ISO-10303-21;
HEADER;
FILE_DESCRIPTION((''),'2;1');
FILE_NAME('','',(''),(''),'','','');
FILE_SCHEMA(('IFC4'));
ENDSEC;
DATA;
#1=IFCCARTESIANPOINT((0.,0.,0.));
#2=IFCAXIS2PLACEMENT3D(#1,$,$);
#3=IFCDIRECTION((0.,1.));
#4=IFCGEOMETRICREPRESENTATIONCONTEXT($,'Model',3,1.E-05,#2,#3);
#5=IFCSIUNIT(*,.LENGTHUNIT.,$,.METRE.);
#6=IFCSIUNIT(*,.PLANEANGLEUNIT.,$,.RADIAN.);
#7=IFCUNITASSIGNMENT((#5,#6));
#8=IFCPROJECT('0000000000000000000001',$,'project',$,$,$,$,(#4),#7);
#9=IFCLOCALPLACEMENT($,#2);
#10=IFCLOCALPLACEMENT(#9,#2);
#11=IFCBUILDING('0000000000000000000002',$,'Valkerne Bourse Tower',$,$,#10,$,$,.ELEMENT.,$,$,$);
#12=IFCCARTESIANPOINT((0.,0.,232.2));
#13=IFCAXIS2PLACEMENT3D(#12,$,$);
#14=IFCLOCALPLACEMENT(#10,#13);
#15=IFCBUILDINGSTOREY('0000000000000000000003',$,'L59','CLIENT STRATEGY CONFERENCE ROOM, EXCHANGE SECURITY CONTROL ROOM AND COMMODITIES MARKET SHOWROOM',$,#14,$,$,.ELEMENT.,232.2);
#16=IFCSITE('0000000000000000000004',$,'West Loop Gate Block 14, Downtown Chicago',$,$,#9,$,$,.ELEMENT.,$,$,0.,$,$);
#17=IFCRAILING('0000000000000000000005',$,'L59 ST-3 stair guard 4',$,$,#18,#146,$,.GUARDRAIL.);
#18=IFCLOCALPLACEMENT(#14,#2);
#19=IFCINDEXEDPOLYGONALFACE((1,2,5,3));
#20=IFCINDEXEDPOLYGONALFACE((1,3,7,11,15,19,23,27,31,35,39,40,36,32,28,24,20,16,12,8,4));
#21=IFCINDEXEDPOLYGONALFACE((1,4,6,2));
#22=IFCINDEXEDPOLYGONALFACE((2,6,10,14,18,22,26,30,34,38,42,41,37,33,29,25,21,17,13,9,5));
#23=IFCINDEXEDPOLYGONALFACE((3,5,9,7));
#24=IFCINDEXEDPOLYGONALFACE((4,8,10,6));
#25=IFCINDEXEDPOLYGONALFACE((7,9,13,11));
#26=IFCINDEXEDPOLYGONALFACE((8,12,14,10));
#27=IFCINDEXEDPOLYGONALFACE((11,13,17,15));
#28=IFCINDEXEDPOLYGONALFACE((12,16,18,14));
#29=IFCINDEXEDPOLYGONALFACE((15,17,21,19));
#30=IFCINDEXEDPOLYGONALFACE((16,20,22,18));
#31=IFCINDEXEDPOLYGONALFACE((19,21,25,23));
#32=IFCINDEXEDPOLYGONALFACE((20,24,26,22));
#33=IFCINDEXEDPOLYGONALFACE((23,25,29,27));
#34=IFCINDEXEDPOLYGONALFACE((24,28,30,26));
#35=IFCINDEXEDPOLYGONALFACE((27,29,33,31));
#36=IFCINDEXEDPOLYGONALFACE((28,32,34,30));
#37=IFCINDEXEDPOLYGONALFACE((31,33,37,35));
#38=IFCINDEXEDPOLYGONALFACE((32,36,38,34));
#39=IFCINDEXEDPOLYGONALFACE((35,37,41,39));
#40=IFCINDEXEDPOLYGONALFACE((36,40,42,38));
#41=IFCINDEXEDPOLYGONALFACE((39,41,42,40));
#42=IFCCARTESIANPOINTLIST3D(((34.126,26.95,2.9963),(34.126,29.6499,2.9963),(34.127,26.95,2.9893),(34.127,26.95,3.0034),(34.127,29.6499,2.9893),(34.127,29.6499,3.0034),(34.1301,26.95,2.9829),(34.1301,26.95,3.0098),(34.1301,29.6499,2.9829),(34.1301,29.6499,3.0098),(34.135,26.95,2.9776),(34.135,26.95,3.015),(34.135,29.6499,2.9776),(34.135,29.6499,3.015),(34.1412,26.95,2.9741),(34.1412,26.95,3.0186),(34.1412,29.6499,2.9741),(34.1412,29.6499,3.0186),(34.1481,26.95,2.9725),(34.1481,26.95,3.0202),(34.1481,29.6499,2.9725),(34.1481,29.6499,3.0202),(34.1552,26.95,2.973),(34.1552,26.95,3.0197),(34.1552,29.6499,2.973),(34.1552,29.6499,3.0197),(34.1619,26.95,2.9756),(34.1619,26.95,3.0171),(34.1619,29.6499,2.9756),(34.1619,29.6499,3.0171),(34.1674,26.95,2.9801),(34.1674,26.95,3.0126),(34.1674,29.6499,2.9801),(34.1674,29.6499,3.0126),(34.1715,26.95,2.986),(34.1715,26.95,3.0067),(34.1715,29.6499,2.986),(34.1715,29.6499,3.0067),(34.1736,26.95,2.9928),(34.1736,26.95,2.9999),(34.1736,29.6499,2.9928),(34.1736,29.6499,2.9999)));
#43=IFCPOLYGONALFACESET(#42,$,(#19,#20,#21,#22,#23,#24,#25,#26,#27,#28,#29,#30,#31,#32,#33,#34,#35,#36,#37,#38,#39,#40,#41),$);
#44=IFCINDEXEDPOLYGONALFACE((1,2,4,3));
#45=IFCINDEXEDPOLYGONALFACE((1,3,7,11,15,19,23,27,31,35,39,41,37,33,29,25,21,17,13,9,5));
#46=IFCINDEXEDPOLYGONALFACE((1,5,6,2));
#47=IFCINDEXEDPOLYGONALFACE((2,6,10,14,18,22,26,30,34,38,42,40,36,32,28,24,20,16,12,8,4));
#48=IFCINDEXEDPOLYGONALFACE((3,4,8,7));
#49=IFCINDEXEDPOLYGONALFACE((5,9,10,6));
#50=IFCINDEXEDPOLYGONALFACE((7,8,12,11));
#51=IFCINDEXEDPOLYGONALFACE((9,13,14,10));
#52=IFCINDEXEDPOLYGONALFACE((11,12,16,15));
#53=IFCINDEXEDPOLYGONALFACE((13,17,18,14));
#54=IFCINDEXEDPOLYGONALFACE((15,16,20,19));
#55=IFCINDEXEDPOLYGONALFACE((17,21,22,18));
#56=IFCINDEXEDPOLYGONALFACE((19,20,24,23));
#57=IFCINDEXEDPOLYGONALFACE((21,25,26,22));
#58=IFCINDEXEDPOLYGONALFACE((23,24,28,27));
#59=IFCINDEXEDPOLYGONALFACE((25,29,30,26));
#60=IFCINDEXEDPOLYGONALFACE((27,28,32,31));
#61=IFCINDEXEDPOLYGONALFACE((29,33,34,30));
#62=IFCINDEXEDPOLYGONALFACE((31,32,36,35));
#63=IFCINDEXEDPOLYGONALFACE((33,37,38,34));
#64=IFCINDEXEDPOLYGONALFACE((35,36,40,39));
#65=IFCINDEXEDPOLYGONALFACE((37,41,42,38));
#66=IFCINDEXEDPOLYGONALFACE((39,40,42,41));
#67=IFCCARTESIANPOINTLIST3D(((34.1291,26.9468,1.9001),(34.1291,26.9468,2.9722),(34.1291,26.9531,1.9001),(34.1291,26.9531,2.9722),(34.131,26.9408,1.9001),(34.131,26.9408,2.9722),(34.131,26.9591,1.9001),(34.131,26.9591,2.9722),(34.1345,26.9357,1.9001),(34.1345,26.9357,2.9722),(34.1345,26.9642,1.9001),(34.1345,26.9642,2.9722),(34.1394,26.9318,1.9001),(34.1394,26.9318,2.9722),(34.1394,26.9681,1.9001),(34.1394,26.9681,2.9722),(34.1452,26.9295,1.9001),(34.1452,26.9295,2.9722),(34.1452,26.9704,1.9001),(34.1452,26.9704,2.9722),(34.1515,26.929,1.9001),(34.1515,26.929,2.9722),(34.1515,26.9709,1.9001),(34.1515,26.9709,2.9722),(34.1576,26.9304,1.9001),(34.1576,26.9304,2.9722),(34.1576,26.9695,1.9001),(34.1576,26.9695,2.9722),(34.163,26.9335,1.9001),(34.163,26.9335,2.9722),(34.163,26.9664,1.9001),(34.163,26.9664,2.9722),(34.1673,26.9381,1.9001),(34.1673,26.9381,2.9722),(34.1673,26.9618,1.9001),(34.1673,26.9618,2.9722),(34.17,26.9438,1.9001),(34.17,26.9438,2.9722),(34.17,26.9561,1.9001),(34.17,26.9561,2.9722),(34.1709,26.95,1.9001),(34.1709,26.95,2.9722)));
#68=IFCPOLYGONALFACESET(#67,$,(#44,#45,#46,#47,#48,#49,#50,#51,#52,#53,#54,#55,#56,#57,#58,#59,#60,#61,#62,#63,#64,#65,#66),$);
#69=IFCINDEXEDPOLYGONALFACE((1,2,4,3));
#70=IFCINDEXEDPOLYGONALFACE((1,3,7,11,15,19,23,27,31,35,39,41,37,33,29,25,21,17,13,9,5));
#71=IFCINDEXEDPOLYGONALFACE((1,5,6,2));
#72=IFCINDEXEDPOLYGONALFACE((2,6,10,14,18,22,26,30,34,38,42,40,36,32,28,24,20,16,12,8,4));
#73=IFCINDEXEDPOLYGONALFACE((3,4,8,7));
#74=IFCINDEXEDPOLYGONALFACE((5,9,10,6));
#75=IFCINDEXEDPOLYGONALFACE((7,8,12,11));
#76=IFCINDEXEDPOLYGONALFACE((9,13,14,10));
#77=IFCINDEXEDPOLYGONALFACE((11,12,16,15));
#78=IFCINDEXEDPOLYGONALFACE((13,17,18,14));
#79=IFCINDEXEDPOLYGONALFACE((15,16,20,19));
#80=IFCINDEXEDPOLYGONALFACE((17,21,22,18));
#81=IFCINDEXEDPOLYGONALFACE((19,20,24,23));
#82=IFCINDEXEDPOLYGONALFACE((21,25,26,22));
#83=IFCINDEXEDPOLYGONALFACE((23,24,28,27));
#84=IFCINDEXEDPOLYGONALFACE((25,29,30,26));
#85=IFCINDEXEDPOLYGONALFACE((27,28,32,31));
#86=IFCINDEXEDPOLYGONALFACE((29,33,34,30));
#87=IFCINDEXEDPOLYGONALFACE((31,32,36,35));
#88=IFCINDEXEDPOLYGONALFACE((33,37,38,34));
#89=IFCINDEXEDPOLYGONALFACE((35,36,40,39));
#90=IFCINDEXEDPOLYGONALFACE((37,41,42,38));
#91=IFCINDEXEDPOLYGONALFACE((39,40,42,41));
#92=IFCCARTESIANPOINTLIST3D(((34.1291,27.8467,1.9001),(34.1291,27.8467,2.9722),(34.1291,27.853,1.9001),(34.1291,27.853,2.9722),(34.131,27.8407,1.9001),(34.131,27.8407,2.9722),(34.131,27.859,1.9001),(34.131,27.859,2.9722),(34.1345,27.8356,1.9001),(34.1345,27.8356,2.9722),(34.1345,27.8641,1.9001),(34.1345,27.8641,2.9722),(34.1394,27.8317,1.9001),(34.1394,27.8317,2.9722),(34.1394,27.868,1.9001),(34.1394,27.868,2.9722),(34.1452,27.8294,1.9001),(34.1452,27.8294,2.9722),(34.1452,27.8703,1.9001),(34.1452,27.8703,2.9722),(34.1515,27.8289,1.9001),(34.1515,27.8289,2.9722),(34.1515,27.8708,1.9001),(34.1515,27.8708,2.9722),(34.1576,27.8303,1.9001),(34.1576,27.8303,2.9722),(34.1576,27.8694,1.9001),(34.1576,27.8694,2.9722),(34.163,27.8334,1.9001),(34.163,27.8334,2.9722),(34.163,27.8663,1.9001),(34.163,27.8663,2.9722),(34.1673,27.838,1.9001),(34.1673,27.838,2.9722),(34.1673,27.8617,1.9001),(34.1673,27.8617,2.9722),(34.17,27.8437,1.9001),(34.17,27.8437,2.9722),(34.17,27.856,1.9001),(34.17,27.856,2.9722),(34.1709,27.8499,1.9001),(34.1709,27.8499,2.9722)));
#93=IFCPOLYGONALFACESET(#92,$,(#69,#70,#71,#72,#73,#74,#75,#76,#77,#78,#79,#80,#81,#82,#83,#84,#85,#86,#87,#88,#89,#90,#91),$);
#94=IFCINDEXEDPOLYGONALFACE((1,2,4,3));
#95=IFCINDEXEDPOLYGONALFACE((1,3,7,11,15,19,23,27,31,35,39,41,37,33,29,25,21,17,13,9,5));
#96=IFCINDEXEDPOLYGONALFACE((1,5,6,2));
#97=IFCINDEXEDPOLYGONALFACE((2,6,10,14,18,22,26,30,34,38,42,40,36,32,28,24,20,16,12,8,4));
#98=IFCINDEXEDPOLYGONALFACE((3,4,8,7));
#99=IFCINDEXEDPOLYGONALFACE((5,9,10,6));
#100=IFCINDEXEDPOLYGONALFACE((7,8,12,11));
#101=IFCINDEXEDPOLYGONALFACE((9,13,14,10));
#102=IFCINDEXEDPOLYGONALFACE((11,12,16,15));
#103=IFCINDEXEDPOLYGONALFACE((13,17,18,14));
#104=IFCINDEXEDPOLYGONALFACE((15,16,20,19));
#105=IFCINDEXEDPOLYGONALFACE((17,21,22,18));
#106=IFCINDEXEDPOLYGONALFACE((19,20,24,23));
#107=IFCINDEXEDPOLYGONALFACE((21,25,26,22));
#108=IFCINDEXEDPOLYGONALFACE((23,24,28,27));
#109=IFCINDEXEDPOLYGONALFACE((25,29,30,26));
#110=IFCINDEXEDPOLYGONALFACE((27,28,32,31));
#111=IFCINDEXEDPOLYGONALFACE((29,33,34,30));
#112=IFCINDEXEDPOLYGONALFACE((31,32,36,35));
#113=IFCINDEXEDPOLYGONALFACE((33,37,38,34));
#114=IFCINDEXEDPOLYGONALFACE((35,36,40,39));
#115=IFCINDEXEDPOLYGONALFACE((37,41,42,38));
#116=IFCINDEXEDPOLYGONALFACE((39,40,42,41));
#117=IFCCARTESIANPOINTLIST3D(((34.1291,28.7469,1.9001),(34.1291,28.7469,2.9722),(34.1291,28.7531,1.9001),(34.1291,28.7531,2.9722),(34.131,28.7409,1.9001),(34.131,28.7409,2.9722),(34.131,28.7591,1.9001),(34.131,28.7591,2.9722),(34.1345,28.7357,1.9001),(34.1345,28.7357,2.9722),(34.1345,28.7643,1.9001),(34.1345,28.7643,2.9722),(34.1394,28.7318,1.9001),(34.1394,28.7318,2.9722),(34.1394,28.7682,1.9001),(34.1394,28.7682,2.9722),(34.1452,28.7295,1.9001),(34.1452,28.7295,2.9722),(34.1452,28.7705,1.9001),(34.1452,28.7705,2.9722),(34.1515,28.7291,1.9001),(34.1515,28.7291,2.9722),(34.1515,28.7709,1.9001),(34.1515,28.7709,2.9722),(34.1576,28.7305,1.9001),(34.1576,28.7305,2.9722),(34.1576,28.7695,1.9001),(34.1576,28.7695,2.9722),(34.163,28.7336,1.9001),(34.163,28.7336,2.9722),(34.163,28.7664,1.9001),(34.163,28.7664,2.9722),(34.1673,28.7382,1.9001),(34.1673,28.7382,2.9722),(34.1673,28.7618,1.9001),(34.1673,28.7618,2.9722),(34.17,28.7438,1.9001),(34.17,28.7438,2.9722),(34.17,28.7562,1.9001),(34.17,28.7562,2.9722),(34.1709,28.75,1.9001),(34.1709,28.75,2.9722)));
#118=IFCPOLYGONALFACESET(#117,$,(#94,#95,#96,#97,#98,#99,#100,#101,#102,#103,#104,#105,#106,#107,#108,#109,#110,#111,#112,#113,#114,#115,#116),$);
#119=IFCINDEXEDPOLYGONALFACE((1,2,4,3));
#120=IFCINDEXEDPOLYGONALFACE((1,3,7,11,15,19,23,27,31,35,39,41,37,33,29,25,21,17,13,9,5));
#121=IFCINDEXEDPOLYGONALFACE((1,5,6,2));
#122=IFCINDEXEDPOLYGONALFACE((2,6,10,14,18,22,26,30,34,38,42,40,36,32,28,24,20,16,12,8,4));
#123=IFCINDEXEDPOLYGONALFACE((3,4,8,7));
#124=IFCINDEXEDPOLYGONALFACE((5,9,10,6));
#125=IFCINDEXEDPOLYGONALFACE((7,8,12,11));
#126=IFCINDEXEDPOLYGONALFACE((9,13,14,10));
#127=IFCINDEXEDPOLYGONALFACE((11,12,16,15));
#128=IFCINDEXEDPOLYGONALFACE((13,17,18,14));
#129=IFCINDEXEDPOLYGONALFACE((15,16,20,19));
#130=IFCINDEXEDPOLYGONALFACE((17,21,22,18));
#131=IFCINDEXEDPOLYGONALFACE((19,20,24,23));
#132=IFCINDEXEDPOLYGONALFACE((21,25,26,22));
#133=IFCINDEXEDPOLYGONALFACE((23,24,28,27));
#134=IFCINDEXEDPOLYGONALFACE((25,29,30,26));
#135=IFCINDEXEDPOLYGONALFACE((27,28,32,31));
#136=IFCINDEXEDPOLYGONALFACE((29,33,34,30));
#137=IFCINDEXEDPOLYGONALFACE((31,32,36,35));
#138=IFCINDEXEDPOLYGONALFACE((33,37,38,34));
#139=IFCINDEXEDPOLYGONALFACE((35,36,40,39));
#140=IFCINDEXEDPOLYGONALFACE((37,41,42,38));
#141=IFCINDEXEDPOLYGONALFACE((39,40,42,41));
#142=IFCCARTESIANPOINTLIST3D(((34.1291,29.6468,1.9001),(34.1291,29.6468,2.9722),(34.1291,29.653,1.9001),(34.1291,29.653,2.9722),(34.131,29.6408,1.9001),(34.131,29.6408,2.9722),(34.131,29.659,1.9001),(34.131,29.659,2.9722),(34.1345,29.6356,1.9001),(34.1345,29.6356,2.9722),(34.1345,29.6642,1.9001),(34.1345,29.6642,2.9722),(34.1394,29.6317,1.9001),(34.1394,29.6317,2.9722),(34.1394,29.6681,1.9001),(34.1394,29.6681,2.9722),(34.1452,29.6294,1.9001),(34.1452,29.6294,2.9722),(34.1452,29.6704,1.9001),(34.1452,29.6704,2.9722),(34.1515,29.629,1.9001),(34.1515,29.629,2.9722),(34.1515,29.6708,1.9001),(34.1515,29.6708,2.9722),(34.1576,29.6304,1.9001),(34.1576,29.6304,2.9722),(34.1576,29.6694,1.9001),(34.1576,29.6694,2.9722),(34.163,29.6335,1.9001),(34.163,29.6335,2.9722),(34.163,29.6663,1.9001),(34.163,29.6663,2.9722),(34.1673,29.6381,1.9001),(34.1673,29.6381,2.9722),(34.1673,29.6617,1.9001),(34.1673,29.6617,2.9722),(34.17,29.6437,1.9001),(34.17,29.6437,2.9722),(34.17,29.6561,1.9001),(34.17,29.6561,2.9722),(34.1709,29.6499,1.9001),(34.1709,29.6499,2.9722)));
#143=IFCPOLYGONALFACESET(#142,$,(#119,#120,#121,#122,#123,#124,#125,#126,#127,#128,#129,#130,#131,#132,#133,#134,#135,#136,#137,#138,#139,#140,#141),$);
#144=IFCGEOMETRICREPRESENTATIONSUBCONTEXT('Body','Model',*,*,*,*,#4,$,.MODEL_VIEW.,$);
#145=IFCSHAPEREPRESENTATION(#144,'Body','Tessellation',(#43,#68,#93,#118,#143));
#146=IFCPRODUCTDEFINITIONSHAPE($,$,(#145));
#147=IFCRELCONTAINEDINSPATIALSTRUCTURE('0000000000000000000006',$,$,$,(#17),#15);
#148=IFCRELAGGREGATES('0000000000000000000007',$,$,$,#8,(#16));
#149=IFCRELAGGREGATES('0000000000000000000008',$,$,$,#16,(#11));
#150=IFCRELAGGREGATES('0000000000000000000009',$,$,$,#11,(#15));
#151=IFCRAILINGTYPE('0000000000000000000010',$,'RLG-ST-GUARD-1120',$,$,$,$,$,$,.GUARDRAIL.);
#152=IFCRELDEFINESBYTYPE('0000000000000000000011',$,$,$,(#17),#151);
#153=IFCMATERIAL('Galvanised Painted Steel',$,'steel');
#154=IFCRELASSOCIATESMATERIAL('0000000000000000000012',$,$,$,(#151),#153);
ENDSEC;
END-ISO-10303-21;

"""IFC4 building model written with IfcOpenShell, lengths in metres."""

from ifc_helpers import new_model, si_unit, direction, frame, origin, origin_2d, place, context, subcontext, project, spatial, circle, extrude, material, type_object, element, save


model = new_model("IFC4")

# Units and contexts
model_context = context("Model", 3, precision=1e-05, world=origin(), true_north=direction((0.0, 1.0)))
body_context = subcontext(model_context, "Body", "Model", "MODEL_VIEW")
ifc_project = project(units=[si_unit("LENGTHUNIT", "METRE"), si_unit("PLANEANGLEUNIT", "RADIAN")], contexts=[model_context])

# Site, building, storey
site_placement = place(None, origin())
site = spatial("IfcSite", under=ifc_project, at=site_placement, Name="West Loop Gate Block 14, Downtown Chicago", CompositionType="ELEMENT", RefElevation=0.0)
building_placement = place(site_placement, origin())
building = spatial("IfcBuilding", under=site, at=building_placement, Name="Valkerne Bourse Tower", CompositionType="ELEMENT")
storey_placement = place(building_placement, frame((0.0, 0.0, 232.2)))
storey = spatial("IfcBuildingStorey", under=building, at=storey_placement, Name="L59", Description="CLIENT STRATEGY CONFERENCE ROOM, EXCHANGE SECURITY CONTROL ROOM AND COMMODITIES MARKET SHOWROOM", CompositionType="ELEMENT", Elevation=232.2)

# Railing
ifc_material_1 = material(Name="Galvanised Painted Steel", Category="steel")
railing_type_1 = type_object("IfcRailingType", Name="RLG-ST-GUARD-1120", PredefinedType="GUARDRAIL", material=ifc_material_1)
for number, where, name in (
    (1, (34.1499, 26.95, 1.9001), "L59 ST-3 stair guard 4"),
):
    element("IfcRailing", number, at=place(storey_placement, frame(where)), inside=storey, type_object=railing_type_1, Name=name, PredefinedType="GUARDRAIL", context=body_context, shape_type="SweptSolid", body=[
        extrude(circle(Radius=0.0239, at=origin_2d()), frame((0.0, 0.0, 1.0962), z_axis=(0.0, 1.0, 0.0), x_axis=(-1.0, 0.0, 0.0)), (0.0, 0.0, 1.0), 2.7),
        extrude(circle(Radius=0.021, at=origin_2d()), origin(), (0.0, 0.0, 1.0), 1.072),
        extrude(circle(Radius=0.021, at=origin_2d()), frame((0.0, 0.8999, 0.0)), (0.0, 0.0, 1.0), 1.072),
        extrude(circle(Radius=0.021, at=origin_2d()), frame((0.0, 1.8, 0.0)), (0.0, 0.0, 1.0), 1.072),
        extrude(circle(Radius=0.021, at=origin_2d()), frame((0.0, 2.7, 0.0)), (0.0, 0.0, 1.0), 1.072),
    ])

save(model, "model.ifc")
